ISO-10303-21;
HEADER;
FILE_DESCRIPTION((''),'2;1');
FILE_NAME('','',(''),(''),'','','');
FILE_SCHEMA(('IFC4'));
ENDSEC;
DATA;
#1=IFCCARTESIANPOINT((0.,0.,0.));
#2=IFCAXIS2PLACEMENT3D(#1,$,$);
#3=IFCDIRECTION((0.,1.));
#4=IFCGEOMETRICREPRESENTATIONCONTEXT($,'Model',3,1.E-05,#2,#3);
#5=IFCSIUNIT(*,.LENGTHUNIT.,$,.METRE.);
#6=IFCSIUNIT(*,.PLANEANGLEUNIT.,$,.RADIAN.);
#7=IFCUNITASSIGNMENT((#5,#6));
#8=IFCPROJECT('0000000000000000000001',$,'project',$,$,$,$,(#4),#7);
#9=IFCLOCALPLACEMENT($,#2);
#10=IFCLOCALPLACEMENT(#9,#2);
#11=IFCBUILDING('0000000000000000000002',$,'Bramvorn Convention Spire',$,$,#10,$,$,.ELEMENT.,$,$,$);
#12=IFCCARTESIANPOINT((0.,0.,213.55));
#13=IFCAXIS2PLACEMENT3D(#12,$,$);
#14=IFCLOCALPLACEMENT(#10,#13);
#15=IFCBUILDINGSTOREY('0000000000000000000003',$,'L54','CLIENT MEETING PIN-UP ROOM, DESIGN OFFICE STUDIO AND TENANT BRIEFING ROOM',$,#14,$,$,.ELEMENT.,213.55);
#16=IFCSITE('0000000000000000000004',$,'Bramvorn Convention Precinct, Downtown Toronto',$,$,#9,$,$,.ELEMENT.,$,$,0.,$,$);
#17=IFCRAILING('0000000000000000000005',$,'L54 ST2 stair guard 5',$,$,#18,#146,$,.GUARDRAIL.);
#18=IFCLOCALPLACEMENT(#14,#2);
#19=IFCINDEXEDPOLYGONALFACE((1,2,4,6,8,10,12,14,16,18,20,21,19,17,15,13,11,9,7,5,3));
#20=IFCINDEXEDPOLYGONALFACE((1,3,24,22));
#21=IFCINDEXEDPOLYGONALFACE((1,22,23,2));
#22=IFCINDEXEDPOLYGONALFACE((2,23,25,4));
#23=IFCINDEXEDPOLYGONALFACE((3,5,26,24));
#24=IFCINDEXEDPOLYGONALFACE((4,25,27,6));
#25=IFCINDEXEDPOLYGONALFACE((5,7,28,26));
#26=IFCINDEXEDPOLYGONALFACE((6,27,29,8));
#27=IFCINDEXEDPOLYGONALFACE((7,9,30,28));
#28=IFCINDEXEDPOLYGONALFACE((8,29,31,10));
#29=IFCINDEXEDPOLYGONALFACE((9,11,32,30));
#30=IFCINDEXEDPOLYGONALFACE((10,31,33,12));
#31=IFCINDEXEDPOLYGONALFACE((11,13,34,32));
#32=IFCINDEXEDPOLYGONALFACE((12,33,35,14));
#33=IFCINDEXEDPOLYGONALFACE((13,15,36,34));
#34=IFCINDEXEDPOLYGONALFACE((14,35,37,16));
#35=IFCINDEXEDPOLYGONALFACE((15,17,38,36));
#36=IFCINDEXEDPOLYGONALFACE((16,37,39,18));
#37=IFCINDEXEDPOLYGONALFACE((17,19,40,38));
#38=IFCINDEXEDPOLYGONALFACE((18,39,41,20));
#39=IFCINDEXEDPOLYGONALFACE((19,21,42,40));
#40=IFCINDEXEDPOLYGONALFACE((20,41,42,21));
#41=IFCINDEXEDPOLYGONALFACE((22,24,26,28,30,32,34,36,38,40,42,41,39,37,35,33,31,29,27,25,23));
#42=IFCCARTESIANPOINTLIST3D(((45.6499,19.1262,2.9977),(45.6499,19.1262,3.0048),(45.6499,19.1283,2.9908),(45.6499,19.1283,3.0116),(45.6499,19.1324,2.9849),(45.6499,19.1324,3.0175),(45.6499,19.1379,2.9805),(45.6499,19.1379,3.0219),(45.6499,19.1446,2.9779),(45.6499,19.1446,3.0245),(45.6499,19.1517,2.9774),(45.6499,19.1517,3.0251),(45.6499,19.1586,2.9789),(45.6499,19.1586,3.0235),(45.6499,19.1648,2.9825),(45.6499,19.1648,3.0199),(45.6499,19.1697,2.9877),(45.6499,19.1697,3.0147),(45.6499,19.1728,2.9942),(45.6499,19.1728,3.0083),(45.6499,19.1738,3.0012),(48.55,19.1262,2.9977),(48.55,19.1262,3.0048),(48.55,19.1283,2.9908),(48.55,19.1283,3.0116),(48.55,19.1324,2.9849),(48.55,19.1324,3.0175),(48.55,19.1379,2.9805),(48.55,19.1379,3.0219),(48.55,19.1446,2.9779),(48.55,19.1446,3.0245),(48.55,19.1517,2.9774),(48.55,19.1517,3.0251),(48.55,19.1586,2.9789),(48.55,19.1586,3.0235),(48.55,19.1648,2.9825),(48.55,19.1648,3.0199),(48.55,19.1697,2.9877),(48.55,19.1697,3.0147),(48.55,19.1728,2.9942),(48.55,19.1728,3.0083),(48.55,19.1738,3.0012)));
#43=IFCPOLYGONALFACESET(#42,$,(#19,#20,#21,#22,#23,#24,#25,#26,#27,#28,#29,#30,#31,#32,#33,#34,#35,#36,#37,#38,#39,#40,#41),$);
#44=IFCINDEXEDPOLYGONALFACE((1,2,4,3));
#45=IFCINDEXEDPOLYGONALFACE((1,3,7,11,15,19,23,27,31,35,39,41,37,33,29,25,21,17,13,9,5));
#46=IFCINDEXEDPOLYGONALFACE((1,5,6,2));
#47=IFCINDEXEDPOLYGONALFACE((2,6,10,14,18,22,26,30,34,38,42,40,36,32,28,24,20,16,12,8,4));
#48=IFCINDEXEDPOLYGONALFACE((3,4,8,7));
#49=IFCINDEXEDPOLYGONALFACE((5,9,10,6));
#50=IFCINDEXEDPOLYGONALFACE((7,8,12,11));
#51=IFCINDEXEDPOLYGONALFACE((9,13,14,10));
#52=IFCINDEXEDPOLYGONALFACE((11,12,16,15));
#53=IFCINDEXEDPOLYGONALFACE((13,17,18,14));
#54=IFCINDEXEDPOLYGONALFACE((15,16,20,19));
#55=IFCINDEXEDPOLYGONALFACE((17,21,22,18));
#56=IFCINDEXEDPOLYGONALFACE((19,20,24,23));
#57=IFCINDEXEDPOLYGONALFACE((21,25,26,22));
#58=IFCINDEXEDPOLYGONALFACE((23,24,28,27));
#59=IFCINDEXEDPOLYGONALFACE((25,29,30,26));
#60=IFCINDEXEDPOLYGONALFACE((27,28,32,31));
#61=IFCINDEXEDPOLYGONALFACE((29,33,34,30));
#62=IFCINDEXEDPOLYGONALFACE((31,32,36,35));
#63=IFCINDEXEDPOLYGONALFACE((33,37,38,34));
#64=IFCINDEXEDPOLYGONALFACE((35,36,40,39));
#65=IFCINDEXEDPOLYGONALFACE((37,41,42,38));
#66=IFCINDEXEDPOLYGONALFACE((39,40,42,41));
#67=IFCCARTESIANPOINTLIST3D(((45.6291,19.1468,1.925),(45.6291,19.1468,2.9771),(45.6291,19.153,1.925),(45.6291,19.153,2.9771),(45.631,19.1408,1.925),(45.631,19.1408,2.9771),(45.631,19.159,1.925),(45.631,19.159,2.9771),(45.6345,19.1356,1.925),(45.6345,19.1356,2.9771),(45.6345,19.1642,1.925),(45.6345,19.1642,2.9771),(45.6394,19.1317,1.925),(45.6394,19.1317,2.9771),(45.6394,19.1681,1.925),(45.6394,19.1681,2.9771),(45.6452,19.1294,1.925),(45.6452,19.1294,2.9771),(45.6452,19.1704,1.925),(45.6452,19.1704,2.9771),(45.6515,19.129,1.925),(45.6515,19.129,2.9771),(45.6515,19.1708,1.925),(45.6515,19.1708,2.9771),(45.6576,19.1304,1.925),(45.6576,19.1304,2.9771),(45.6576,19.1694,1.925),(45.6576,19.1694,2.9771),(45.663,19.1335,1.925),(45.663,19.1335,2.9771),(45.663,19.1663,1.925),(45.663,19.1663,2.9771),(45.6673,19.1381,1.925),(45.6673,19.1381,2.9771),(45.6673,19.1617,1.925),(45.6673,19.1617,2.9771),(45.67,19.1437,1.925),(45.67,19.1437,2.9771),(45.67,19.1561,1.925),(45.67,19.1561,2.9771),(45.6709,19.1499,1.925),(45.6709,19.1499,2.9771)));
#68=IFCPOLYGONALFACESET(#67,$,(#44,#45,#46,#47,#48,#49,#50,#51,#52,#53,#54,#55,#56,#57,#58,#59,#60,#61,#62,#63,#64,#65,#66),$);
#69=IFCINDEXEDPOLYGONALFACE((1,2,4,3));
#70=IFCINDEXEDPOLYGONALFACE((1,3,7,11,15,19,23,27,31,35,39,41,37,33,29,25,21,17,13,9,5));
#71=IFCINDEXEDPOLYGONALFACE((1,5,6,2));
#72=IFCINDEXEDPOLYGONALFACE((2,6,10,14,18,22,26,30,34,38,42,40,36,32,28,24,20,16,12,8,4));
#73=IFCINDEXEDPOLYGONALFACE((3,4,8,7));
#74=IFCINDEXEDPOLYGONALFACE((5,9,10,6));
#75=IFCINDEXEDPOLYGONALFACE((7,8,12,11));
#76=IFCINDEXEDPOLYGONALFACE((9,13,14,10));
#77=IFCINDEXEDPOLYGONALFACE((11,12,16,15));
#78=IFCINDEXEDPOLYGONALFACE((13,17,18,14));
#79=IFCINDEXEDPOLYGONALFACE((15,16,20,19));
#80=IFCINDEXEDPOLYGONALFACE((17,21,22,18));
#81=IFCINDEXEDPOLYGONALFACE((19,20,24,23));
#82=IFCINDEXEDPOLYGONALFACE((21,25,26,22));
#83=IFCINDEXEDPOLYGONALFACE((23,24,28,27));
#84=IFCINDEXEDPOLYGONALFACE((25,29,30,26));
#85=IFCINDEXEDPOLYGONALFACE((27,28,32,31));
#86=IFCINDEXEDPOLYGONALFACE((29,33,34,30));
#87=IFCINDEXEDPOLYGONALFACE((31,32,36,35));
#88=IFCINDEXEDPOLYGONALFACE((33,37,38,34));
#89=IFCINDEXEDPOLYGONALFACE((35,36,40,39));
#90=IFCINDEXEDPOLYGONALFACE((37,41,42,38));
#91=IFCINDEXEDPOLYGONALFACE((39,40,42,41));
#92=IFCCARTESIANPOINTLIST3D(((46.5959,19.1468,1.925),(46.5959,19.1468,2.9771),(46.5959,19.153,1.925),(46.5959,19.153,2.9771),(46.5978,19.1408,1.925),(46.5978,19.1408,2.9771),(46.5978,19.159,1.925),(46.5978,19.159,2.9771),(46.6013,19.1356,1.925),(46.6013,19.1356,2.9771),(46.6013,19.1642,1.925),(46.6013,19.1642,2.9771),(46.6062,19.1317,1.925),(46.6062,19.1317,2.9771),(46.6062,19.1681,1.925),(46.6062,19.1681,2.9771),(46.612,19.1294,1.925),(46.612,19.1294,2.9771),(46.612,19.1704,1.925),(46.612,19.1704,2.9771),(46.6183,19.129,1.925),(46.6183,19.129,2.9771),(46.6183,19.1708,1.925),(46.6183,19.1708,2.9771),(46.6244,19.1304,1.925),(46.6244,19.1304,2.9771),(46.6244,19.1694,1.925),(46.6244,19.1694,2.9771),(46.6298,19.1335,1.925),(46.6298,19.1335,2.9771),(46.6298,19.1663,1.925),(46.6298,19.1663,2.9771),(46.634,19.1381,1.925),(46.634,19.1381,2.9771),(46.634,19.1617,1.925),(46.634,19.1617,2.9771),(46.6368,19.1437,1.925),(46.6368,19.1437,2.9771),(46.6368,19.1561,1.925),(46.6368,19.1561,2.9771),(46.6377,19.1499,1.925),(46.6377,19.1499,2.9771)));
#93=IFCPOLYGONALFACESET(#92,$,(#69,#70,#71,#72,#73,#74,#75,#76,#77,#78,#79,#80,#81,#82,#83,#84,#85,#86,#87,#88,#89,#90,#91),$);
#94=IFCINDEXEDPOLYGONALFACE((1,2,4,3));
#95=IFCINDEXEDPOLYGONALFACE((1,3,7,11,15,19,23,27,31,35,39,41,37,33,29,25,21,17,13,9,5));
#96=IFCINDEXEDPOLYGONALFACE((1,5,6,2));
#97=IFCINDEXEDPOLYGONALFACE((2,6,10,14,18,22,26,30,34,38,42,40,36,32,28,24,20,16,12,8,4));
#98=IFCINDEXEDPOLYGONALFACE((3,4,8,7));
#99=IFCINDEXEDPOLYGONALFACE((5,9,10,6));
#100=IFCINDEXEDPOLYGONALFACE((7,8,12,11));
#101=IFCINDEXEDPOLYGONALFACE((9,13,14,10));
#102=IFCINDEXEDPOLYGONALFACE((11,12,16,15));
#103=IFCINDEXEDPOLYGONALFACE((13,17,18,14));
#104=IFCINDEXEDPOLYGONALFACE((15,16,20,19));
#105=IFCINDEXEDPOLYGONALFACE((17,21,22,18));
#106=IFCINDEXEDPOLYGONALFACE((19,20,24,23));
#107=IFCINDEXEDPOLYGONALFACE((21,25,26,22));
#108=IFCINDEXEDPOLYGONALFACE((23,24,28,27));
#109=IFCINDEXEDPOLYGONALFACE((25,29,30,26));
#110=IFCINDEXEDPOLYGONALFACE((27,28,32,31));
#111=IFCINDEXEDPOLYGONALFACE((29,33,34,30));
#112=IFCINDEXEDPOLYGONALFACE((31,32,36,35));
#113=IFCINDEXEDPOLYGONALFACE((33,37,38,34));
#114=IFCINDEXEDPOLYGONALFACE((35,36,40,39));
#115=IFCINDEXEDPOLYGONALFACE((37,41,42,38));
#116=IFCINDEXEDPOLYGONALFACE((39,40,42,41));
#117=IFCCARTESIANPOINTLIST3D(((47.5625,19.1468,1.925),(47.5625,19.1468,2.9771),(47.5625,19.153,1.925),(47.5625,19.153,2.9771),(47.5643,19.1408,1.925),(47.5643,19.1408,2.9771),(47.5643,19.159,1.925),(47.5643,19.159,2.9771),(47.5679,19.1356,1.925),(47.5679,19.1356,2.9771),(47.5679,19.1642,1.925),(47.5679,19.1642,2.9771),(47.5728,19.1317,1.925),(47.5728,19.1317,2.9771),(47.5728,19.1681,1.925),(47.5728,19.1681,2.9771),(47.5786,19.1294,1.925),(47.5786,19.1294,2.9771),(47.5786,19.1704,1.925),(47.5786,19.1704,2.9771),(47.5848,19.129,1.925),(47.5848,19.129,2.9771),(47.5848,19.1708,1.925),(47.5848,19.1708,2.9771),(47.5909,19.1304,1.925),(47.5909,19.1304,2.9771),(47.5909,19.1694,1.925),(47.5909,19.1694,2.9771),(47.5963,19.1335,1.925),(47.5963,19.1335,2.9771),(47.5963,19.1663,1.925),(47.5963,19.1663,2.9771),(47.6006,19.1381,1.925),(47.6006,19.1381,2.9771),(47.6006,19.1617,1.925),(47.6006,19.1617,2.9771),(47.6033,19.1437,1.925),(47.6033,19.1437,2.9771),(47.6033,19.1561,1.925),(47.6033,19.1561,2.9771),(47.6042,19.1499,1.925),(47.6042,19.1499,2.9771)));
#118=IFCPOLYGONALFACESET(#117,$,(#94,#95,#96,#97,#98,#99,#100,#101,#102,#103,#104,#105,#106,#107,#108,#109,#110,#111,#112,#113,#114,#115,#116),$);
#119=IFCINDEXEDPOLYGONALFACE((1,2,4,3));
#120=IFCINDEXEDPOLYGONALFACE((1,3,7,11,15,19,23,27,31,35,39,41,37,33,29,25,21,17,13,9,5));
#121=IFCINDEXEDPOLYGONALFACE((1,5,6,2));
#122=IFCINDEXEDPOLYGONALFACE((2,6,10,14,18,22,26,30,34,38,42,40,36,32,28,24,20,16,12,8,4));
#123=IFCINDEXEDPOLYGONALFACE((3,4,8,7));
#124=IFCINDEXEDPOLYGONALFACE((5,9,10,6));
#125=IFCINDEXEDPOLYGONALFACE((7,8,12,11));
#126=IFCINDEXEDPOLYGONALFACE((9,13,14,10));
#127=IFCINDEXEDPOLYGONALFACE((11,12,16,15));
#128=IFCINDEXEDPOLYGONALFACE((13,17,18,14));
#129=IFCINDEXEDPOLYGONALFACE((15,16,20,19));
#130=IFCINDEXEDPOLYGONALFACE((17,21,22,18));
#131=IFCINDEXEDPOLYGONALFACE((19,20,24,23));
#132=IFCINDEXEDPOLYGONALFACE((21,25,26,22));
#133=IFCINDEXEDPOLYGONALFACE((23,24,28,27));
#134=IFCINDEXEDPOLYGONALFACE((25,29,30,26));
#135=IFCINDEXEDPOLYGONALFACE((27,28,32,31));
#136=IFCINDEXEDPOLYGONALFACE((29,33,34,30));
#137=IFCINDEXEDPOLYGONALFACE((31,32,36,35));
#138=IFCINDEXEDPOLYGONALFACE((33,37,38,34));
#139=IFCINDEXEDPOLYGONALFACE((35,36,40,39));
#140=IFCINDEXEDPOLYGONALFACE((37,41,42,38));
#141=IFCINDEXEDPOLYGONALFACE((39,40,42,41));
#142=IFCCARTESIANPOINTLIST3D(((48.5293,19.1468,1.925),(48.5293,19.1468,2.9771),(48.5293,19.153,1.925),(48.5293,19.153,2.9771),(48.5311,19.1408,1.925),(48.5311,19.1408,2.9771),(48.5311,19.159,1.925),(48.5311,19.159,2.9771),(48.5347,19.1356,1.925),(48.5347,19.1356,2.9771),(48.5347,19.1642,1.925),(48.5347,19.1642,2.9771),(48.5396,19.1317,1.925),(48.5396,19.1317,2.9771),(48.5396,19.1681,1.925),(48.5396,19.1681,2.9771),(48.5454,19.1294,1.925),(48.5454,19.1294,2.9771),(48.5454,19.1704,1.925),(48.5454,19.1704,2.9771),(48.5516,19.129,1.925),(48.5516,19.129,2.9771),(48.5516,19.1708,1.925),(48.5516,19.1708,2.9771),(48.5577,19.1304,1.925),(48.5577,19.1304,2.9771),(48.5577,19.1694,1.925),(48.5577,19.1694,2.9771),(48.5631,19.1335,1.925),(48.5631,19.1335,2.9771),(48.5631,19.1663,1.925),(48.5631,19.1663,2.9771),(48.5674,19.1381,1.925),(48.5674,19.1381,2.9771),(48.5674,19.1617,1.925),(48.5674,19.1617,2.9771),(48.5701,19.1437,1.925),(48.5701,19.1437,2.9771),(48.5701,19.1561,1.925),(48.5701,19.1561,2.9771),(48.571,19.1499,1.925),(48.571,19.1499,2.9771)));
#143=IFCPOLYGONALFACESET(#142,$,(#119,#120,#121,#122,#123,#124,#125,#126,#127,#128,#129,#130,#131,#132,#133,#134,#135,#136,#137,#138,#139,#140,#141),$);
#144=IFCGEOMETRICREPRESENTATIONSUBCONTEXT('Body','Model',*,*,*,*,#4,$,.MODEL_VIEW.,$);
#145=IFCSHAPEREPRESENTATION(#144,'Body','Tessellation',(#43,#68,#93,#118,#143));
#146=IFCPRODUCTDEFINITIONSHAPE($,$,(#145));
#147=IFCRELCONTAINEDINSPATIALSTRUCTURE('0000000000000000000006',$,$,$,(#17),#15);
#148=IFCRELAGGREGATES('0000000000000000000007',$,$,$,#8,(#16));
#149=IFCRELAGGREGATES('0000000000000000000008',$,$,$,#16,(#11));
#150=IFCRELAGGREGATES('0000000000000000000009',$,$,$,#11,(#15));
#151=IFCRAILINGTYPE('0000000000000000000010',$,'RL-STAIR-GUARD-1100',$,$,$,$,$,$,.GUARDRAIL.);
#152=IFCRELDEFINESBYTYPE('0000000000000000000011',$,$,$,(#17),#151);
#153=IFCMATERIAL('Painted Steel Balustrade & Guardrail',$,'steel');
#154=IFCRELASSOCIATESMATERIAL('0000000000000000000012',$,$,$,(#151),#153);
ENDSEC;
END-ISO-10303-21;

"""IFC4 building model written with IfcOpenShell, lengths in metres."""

from ifc_helpers import new_model, si_unit, direction, frame, origin, origin_2d, place, context, subcontext, project, spatial, circle, extrude, material, type_object, element, save


model = new_model("IFC4")

# Units and contexts
model_context = context("Model", 3, precision=1e-05, world=origin(), true_north=direction((0.0, 1.0)))
body_context = subcontext(model_context, "Body", "Model", "MODEL_VIEW")
ifc_project = project(units=[si_unit("LENGTHUNIT", "METRE"), si_unit("PLANEANGLEUNIT", "RADIAN")], contexts=[model_context])

# Site, building, storey
site_placement = place(None, origin())
site = spatial("IfcSite", under=ifc_project, at=site_placement, Name="Bramvorn Convention Precinct, Downtown Toronto", CompositionType="ELEMENT", RefElevation=0.0)
building_placement = place(site_placement, origin())
building = spatial("IfcBuilding", under=site, at=building_placement, Name="Bramvorn Convention Spire", CompositionType="ELEMENT")
storey_placement = place(building_placement, frame((0.0, 0.0, 213.55)))
storey = spatial("IfcBuildingStorey", under=building, at=storey_placement, Name="L54", Description="CLIENT MEETING PIN-UP ROOM, DESIGN OFFICE STUDIO AND TENANT BRIEFING ROOM", CompositionType="ELEMENT", Elevation=213.55)

# Railing
ifc_material_1 = material(Name="Painted Steel Balustrade & Guardrail", Category="steel")
railing_type = type_object("IfcRailingType", Name="RL-STAIR-GUARD-1100", PredefinedType="GUARDRAIL", material=ifc_material_1)
railing_1_placement = place(storey_placement, frame((45.6499, 19.1499, 1.925)))
element("IfcRailing", 1, at=railing_1_placement, inside=storey, type_object=railing_type, Name="L54 ST2 stair guard 5", PredefinedType="GUARDRAIL", context=body_context, shape_type="SweptSolid", body=[
    extrude(circle(Radius=0.0239, at=origin_2d()), frame((0.0, 0.0, 1.0762), z_axis=(1.0, 0.0, 0.0), x_axis=(0.0, 1.0, 0.0)), (0.0, 0.0, 1.0), 2.9001),
    extrude(circle(Radius=0.021, at=origin_2d()), origin(), (0.0, 0.0, 1.0), 1.052),
    extrude(circle(Radius=0.021, at=origin_2d()), frame((0.9668, 0.0, 0.0)), (0.0, 0.0, 1.0), 1.052),
    extrude(circle(Radius=0.021, at=origin_2d()), frame((1.9333, 0.0, 0.0)), (0.0, 0.0, 1.0), 1.052),
    extrude(circle(Radius=0.021, at=origin_2d()), frame((2.9001, 0.0, 0.0)), (0.0, 0.0, 1.0), 1.052),
])

save(model, "model.ifc")
